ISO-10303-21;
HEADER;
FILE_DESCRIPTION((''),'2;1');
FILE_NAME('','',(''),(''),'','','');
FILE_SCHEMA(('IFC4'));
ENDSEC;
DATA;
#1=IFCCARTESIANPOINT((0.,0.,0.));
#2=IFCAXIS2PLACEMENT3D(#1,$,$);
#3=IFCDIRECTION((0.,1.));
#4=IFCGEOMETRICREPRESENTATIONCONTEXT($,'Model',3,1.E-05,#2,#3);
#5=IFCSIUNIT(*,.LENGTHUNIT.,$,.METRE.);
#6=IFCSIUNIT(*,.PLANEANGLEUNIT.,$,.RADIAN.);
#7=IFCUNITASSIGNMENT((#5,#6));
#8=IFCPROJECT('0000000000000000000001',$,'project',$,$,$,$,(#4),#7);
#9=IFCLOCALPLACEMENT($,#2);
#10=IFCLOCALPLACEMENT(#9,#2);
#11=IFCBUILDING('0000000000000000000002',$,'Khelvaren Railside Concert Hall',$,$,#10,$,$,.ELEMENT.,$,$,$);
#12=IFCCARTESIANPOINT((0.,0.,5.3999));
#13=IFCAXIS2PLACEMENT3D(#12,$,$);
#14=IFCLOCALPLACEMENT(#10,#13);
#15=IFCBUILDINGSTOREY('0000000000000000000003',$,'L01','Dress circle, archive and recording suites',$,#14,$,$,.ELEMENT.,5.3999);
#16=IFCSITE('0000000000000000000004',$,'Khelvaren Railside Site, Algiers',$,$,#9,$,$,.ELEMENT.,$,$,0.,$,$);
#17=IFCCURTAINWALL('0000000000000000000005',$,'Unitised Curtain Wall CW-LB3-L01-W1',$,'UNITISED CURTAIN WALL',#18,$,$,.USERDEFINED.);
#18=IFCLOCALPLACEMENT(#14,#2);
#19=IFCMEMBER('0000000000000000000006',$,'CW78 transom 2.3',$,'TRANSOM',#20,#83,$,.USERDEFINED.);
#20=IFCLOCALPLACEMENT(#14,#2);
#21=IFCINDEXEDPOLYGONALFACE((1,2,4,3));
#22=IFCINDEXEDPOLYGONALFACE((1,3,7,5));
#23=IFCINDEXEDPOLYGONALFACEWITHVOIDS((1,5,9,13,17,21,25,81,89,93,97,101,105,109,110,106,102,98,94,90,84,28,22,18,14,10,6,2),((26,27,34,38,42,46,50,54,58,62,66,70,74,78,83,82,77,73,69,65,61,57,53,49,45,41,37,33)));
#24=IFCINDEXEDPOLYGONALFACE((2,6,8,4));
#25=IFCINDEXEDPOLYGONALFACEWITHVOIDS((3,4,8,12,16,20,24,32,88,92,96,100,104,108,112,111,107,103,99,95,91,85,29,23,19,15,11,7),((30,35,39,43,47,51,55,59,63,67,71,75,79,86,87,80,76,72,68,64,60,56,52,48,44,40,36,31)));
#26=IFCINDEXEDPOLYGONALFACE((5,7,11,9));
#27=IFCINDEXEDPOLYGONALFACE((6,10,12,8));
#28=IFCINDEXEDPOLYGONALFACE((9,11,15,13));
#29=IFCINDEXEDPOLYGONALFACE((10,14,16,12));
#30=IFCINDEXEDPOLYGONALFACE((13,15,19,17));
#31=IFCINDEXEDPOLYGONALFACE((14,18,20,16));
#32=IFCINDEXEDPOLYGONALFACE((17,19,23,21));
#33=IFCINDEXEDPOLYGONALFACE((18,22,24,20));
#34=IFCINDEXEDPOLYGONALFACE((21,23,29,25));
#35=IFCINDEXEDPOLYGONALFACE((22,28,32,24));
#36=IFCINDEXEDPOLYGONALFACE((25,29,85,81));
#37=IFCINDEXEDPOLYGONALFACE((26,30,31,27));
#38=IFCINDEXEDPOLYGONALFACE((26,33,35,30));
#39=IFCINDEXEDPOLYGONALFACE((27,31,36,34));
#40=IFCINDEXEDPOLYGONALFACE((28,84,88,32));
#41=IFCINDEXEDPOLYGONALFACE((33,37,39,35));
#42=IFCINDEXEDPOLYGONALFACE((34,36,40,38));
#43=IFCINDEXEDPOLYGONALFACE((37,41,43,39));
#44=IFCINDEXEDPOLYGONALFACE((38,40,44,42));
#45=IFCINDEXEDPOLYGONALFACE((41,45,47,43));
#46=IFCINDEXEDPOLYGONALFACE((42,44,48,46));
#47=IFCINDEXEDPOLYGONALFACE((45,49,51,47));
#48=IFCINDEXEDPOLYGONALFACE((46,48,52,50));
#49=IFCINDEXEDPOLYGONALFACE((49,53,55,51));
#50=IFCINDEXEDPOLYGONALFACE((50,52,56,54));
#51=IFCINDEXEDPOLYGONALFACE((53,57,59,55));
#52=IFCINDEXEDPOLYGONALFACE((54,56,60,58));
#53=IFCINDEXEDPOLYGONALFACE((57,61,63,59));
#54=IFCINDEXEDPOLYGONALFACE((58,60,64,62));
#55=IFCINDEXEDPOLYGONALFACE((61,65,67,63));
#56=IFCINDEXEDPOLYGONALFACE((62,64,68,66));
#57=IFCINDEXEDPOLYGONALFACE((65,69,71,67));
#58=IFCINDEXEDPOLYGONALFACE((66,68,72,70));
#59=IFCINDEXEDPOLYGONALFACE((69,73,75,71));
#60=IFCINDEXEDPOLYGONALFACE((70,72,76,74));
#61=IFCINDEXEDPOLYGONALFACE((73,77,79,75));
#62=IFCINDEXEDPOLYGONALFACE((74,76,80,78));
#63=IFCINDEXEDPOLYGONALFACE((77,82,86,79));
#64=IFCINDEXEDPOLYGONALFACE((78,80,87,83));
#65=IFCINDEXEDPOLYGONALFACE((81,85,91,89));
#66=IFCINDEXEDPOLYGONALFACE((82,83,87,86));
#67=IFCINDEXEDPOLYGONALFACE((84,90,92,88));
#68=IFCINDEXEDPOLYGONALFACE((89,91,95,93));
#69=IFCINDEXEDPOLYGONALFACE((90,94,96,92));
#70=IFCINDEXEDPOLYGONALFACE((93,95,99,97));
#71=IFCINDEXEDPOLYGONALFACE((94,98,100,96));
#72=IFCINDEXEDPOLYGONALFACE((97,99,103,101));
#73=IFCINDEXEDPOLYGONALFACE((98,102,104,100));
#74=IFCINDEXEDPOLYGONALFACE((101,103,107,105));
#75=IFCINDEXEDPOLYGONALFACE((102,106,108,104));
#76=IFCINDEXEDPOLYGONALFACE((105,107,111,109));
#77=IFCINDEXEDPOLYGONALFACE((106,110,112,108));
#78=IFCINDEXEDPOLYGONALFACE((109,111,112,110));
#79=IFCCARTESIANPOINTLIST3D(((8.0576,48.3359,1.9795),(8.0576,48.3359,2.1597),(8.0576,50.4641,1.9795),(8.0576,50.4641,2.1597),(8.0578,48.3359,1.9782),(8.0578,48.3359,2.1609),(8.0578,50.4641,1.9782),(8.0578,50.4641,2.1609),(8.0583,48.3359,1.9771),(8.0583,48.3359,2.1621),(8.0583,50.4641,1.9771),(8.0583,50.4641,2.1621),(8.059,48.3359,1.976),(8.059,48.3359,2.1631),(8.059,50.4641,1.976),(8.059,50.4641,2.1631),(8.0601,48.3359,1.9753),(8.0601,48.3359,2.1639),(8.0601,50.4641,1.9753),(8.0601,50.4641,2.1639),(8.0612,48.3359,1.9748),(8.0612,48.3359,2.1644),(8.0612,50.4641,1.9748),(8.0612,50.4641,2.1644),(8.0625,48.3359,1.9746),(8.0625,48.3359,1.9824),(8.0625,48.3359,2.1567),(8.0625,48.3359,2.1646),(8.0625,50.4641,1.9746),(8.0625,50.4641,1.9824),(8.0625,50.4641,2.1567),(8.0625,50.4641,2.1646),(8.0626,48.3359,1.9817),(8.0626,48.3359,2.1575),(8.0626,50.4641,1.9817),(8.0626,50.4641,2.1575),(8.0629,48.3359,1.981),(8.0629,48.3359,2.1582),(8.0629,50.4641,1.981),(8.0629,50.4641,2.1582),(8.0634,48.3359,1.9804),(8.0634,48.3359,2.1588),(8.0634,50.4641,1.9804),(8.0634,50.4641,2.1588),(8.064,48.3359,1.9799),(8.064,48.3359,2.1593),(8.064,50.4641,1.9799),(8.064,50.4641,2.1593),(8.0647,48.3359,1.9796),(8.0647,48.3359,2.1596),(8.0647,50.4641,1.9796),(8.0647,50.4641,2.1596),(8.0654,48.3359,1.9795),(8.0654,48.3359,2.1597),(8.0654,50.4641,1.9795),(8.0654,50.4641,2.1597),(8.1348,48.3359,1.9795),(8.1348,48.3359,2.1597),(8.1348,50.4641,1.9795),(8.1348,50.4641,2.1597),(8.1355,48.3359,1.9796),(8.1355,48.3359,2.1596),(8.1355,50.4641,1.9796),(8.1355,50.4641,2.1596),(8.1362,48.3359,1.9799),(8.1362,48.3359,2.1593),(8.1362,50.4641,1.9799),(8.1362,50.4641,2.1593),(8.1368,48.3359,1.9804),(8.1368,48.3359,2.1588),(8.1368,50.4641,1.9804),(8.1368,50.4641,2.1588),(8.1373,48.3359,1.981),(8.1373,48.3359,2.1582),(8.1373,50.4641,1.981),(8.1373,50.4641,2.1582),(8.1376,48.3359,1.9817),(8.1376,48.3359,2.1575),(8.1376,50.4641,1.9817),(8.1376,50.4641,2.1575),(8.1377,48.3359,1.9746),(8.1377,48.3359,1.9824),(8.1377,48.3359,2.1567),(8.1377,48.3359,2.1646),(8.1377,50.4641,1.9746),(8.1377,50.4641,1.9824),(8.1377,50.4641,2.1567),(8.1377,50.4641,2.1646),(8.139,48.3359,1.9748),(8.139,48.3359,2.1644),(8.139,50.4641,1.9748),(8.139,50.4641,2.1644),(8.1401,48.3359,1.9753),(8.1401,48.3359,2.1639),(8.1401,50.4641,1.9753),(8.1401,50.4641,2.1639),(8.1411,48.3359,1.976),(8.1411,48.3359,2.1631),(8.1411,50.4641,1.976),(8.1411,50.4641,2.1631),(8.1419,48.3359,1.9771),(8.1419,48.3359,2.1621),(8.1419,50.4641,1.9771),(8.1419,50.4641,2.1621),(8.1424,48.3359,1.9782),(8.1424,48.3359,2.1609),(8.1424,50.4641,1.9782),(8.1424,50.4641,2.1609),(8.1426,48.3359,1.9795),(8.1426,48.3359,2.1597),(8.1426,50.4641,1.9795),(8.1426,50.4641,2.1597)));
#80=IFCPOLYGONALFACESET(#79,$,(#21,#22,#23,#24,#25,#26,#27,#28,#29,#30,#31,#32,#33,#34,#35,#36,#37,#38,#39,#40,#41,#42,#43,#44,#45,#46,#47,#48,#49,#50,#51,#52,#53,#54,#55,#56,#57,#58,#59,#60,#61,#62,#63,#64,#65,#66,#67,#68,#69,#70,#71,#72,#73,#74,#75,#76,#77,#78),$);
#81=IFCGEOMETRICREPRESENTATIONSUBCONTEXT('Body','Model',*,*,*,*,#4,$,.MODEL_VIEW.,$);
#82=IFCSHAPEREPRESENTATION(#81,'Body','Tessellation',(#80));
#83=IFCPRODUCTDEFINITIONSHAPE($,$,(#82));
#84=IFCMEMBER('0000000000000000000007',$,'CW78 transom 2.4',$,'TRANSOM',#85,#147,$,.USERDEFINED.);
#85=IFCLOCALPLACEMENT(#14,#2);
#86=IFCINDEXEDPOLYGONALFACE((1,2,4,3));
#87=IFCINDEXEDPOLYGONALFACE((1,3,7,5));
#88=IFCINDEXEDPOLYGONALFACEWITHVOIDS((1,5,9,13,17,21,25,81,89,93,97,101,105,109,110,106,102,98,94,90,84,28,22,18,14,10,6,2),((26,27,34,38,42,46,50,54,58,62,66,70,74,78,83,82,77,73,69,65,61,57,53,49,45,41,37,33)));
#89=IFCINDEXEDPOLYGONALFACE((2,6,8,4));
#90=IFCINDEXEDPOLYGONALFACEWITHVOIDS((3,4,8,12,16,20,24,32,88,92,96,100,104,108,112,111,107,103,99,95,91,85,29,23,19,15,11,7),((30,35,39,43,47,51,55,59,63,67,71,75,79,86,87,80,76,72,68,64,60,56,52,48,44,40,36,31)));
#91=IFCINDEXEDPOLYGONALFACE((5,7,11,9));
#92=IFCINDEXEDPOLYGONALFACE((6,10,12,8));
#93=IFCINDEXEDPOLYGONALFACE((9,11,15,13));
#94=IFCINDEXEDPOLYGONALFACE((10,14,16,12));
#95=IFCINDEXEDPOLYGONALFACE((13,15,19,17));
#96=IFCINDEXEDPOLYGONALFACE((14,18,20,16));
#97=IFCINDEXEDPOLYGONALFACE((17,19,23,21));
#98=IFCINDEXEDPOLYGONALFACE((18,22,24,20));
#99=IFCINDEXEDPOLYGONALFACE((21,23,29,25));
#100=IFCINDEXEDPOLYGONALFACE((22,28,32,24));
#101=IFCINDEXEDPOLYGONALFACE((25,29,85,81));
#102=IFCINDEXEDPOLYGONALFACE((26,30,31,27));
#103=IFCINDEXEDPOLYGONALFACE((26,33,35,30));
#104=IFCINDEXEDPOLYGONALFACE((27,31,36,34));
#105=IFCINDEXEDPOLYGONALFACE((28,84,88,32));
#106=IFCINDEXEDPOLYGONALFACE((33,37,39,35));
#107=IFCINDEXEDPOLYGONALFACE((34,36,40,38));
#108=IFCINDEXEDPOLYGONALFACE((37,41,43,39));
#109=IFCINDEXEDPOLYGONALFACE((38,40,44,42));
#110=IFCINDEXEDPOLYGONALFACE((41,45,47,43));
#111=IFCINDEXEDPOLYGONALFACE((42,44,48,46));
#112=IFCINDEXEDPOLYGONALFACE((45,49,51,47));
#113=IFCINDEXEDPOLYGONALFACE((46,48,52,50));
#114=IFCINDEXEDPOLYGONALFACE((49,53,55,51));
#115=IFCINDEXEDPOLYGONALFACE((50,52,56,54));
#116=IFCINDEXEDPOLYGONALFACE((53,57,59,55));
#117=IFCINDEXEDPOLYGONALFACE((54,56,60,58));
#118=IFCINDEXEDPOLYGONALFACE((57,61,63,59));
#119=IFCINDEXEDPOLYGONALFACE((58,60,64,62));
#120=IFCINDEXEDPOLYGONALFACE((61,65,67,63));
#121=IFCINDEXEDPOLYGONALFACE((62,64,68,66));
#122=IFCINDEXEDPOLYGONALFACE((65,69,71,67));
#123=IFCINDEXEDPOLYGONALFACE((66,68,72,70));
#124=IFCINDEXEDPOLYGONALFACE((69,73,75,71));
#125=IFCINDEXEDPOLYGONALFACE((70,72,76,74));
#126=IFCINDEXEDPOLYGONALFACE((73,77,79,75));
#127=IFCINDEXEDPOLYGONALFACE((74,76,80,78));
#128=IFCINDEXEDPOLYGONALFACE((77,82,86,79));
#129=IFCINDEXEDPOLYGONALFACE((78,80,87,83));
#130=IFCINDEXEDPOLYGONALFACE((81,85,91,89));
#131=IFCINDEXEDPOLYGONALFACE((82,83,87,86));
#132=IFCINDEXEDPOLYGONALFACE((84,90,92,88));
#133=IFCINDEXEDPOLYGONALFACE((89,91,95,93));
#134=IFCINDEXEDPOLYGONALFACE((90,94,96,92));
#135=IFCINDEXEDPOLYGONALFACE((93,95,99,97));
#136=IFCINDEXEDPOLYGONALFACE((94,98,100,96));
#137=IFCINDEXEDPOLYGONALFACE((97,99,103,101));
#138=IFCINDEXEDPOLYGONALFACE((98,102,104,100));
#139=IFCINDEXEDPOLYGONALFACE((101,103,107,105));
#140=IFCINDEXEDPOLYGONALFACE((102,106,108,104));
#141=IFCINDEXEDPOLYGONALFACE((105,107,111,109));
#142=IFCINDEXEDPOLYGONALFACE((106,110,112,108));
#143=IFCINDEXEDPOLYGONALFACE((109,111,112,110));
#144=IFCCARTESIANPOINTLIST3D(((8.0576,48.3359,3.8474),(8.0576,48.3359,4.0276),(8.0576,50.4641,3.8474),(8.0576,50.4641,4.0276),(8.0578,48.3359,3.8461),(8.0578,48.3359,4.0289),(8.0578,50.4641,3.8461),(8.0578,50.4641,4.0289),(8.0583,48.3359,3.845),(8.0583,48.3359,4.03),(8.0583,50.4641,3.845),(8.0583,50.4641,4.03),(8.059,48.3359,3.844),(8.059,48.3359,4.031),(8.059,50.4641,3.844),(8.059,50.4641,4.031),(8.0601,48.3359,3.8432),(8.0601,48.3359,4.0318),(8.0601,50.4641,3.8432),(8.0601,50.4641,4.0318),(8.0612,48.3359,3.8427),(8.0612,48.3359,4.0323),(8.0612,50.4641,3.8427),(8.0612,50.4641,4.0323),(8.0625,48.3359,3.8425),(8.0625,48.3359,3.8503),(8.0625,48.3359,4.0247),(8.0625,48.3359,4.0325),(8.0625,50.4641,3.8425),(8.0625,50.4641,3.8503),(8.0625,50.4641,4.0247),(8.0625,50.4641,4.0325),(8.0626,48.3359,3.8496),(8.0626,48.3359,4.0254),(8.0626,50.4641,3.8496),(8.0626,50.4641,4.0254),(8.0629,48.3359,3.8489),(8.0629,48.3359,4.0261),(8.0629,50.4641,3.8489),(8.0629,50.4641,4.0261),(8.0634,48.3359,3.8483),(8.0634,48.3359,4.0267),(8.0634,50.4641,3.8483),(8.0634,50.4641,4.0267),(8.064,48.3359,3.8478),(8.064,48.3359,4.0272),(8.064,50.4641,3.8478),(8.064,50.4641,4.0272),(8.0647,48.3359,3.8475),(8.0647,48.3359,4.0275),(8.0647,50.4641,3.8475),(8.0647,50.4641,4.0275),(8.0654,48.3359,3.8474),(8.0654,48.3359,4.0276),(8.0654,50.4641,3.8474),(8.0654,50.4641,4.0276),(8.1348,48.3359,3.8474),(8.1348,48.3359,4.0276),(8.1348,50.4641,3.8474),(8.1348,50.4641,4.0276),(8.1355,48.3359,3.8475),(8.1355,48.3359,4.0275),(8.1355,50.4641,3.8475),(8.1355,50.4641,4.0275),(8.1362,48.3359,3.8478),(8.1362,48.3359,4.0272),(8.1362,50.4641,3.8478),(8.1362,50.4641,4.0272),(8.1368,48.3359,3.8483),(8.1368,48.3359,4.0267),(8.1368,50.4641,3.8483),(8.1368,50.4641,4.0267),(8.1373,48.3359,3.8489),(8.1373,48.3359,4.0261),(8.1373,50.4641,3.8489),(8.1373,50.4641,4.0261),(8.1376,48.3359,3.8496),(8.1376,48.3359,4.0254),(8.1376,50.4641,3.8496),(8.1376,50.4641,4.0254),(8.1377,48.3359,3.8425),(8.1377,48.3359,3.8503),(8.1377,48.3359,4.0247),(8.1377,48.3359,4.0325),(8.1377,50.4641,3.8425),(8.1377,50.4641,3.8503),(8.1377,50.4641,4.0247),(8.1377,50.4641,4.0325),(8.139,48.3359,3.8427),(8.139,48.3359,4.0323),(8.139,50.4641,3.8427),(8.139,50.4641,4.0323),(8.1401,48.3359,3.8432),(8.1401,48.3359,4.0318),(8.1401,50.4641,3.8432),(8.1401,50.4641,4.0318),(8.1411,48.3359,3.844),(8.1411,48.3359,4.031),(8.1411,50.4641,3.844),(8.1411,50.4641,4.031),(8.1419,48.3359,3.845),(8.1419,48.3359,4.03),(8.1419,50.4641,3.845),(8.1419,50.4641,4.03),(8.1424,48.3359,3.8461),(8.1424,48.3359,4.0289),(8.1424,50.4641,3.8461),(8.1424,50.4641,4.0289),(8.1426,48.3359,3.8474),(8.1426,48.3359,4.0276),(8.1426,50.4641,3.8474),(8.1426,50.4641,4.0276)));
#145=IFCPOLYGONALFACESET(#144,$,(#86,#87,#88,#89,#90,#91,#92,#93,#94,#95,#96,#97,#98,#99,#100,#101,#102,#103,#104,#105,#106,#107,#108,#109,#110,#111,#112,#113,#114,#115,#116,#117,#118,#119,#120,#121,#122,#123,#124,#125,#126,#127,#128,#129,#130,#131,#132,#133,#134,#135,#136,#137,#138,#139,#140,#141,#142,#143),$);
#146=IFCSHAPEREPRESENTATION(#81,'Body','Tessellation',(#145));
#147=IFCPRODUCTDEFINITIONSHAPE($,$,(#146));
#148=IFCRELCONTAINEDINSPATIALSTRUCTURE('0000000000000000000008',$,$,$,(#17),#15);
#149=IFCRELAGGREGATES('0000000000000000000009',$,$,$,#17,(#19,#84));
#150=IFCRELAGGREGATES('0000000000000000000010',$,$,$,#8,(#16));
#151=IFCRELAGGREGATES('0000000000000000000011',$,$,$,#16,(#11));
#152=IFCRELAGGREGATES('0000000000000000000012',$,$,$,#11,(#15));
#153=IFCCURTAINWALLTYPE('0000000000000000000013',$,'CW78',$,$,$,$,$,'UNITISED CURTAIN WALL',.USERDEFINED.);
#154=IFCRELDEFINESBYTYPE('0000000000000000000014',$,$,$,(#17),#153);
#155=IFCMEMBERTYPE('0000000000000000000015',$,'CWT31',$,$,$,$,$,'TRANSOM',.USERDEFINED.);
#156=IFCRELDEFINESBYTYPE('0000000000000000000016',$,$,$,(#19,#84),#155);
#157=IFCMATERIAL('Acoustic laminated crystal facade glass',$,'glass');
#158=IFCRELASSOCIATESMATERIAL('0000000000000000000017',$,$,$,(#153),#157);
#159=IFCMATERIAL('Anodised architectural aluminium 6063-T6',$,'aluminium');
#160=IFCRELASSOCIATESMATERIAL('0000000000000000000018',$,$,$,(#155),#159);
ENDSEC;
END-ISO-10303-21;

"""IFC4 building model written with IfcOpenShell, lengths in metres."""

from ifc_helpers import new_model, si_unit, direction, frame, origin, origin_2d, place, context, subcontext, project, spatial, hollow_rectangle, extrude, material, material_profile, profile_set, type_object, element, aggregate, save


model = new_model("IFC4")

# Units and contexts
model_context = context("Model", 3, precision=1e-05, world=origin(), true_north=direction((0.0, 1.0)))
body_context = subcontext(model_context, "Body", "Model", "MODEL_VIEW")
ifc_project = project(units=[si_unit("LENGTHUNIT", "METRE"), si_unit("PLANEANGLEUNIT", "RADIAN")], contexts=[model_context])

# Site, building, storey
site_placement = place(None, origin())
site = spatial("IfcSite", under=ifc_project, at=site_placement, Name="Khelvaren Railside Site, Algiers", CompositionType="ELEMENT", RefElevation=0.0)
building_placement = place(site_placement, origin())
building = spatial("IfcBuilding", under=site, at=building_placement, Name="Khelvaren Railside Concert Hall", CompositionType="ELEMENT")
storey_placement = place(building_placement, frame((0.0, 0.0, 5.3999)))
storey = spatial("IfcBuildingStorey", under=building, at=storey_placement, Name="L01", Description="Dress circle, archive and recording suites", CompositionType="ELEMENT", Elevation=5.3999)

# Curtain wall
ifc_material_1 = material(Name="Acoustic laminated crystal facade glass", Category="glass")
curtain_wall_type = type_object("IfcCurtainWallType", Name="CW78", ElementType="UNITISED CURTAIN WALL", PredefinedType="USERDEFINED", material=ifc_material_1)
curtain_wall_1_placement = place(storey_placement, origin())
curtain_wall_1 = element("IfcCurtainWall", 1, at=curtain_wall_1_placement, inside=storey, type_object=curtain_wall_type, Name="Unitised Curtain Wall CW-LB3-L01-W1", ObjectType="UNITISED CURTAIN WALL", PredefinedType="USERDEFINED")
ifc_material_2 = material(Name="Anodised architectural aluminium 6063-T6", Category="aluminium")

# Members
ifc_material_profile_1 = material_profile(ifc_material_2, hollow_rectangle(XDim=0.085, YDim=0.1899, WallThickness=0.0049, InnerFilletRadius=0.0029, OuterFilletRadius=0.0049, at=origin_2d()), Name="CWT 85x190x5")
ifc_profile_set_1 = profile_set([ifc_material_profile_1], Name="Anodised architectural aluminium 6063-T6")
member_type_1 = type_object("IfcMemberType", Name="CWT31", ElementType="TRANSOM", PredefinedType="USERDEFINED", material=ifc_profile_set_1)
member_1_placement = place(storey_placement, frame((8.1001, 48.3359, 2.0696), z_axis=(0.0, 1.0, 0.0), x_axis=(-1.0, 0.0, 0.0)))
member_1 = element("IfcMember", 2, at=member_1_placement, type_object=member_type_1, Name="CW78 transom 2.3", ObjectType="TRANSOM", PredefinedType="USERDEFINED", context=body_context, shape_type="SweptSolid", body=[
    extrude(hollow_rectangle(XDim=0.085, YDim=0.1899, WallThickness=0.0049, InnerFilletRadius=0.0029, OuterFilletRadius=0.0049, at=origin_2d()), origin(), (0.0, 0.0, 1.0), 2.1282),
])
member_2_placement = place(storey_placement, frame((8.1001, 48.3359, 3.9375), z_axis=(0.0, 1.0, 0.0), x_axis=(-1.0, 0.0, 0.0)))
member_2 = element("IfcMember", 3, at=member_2_placement, type_object=member_type_1, Name="CW78 transom 2.4", ObjectType="TRANSOM", PredefinedType="USERDEFINED", context=body_context, shape_type="SweptSolid", body=[
    extrude(hollow_rectangle(XDim=0.085, YDim=0.1899, WallThickness=0.0049, InnerFilletRadius=0.0029, OuterFilletRadius=0.0049, at=origin_2d()), origin(), (0.0, 0.0, 1.0), 2.1282),
])

aggregate(curtain_wall_1, [member_1, member_2])

save(model, "model.ifc")
